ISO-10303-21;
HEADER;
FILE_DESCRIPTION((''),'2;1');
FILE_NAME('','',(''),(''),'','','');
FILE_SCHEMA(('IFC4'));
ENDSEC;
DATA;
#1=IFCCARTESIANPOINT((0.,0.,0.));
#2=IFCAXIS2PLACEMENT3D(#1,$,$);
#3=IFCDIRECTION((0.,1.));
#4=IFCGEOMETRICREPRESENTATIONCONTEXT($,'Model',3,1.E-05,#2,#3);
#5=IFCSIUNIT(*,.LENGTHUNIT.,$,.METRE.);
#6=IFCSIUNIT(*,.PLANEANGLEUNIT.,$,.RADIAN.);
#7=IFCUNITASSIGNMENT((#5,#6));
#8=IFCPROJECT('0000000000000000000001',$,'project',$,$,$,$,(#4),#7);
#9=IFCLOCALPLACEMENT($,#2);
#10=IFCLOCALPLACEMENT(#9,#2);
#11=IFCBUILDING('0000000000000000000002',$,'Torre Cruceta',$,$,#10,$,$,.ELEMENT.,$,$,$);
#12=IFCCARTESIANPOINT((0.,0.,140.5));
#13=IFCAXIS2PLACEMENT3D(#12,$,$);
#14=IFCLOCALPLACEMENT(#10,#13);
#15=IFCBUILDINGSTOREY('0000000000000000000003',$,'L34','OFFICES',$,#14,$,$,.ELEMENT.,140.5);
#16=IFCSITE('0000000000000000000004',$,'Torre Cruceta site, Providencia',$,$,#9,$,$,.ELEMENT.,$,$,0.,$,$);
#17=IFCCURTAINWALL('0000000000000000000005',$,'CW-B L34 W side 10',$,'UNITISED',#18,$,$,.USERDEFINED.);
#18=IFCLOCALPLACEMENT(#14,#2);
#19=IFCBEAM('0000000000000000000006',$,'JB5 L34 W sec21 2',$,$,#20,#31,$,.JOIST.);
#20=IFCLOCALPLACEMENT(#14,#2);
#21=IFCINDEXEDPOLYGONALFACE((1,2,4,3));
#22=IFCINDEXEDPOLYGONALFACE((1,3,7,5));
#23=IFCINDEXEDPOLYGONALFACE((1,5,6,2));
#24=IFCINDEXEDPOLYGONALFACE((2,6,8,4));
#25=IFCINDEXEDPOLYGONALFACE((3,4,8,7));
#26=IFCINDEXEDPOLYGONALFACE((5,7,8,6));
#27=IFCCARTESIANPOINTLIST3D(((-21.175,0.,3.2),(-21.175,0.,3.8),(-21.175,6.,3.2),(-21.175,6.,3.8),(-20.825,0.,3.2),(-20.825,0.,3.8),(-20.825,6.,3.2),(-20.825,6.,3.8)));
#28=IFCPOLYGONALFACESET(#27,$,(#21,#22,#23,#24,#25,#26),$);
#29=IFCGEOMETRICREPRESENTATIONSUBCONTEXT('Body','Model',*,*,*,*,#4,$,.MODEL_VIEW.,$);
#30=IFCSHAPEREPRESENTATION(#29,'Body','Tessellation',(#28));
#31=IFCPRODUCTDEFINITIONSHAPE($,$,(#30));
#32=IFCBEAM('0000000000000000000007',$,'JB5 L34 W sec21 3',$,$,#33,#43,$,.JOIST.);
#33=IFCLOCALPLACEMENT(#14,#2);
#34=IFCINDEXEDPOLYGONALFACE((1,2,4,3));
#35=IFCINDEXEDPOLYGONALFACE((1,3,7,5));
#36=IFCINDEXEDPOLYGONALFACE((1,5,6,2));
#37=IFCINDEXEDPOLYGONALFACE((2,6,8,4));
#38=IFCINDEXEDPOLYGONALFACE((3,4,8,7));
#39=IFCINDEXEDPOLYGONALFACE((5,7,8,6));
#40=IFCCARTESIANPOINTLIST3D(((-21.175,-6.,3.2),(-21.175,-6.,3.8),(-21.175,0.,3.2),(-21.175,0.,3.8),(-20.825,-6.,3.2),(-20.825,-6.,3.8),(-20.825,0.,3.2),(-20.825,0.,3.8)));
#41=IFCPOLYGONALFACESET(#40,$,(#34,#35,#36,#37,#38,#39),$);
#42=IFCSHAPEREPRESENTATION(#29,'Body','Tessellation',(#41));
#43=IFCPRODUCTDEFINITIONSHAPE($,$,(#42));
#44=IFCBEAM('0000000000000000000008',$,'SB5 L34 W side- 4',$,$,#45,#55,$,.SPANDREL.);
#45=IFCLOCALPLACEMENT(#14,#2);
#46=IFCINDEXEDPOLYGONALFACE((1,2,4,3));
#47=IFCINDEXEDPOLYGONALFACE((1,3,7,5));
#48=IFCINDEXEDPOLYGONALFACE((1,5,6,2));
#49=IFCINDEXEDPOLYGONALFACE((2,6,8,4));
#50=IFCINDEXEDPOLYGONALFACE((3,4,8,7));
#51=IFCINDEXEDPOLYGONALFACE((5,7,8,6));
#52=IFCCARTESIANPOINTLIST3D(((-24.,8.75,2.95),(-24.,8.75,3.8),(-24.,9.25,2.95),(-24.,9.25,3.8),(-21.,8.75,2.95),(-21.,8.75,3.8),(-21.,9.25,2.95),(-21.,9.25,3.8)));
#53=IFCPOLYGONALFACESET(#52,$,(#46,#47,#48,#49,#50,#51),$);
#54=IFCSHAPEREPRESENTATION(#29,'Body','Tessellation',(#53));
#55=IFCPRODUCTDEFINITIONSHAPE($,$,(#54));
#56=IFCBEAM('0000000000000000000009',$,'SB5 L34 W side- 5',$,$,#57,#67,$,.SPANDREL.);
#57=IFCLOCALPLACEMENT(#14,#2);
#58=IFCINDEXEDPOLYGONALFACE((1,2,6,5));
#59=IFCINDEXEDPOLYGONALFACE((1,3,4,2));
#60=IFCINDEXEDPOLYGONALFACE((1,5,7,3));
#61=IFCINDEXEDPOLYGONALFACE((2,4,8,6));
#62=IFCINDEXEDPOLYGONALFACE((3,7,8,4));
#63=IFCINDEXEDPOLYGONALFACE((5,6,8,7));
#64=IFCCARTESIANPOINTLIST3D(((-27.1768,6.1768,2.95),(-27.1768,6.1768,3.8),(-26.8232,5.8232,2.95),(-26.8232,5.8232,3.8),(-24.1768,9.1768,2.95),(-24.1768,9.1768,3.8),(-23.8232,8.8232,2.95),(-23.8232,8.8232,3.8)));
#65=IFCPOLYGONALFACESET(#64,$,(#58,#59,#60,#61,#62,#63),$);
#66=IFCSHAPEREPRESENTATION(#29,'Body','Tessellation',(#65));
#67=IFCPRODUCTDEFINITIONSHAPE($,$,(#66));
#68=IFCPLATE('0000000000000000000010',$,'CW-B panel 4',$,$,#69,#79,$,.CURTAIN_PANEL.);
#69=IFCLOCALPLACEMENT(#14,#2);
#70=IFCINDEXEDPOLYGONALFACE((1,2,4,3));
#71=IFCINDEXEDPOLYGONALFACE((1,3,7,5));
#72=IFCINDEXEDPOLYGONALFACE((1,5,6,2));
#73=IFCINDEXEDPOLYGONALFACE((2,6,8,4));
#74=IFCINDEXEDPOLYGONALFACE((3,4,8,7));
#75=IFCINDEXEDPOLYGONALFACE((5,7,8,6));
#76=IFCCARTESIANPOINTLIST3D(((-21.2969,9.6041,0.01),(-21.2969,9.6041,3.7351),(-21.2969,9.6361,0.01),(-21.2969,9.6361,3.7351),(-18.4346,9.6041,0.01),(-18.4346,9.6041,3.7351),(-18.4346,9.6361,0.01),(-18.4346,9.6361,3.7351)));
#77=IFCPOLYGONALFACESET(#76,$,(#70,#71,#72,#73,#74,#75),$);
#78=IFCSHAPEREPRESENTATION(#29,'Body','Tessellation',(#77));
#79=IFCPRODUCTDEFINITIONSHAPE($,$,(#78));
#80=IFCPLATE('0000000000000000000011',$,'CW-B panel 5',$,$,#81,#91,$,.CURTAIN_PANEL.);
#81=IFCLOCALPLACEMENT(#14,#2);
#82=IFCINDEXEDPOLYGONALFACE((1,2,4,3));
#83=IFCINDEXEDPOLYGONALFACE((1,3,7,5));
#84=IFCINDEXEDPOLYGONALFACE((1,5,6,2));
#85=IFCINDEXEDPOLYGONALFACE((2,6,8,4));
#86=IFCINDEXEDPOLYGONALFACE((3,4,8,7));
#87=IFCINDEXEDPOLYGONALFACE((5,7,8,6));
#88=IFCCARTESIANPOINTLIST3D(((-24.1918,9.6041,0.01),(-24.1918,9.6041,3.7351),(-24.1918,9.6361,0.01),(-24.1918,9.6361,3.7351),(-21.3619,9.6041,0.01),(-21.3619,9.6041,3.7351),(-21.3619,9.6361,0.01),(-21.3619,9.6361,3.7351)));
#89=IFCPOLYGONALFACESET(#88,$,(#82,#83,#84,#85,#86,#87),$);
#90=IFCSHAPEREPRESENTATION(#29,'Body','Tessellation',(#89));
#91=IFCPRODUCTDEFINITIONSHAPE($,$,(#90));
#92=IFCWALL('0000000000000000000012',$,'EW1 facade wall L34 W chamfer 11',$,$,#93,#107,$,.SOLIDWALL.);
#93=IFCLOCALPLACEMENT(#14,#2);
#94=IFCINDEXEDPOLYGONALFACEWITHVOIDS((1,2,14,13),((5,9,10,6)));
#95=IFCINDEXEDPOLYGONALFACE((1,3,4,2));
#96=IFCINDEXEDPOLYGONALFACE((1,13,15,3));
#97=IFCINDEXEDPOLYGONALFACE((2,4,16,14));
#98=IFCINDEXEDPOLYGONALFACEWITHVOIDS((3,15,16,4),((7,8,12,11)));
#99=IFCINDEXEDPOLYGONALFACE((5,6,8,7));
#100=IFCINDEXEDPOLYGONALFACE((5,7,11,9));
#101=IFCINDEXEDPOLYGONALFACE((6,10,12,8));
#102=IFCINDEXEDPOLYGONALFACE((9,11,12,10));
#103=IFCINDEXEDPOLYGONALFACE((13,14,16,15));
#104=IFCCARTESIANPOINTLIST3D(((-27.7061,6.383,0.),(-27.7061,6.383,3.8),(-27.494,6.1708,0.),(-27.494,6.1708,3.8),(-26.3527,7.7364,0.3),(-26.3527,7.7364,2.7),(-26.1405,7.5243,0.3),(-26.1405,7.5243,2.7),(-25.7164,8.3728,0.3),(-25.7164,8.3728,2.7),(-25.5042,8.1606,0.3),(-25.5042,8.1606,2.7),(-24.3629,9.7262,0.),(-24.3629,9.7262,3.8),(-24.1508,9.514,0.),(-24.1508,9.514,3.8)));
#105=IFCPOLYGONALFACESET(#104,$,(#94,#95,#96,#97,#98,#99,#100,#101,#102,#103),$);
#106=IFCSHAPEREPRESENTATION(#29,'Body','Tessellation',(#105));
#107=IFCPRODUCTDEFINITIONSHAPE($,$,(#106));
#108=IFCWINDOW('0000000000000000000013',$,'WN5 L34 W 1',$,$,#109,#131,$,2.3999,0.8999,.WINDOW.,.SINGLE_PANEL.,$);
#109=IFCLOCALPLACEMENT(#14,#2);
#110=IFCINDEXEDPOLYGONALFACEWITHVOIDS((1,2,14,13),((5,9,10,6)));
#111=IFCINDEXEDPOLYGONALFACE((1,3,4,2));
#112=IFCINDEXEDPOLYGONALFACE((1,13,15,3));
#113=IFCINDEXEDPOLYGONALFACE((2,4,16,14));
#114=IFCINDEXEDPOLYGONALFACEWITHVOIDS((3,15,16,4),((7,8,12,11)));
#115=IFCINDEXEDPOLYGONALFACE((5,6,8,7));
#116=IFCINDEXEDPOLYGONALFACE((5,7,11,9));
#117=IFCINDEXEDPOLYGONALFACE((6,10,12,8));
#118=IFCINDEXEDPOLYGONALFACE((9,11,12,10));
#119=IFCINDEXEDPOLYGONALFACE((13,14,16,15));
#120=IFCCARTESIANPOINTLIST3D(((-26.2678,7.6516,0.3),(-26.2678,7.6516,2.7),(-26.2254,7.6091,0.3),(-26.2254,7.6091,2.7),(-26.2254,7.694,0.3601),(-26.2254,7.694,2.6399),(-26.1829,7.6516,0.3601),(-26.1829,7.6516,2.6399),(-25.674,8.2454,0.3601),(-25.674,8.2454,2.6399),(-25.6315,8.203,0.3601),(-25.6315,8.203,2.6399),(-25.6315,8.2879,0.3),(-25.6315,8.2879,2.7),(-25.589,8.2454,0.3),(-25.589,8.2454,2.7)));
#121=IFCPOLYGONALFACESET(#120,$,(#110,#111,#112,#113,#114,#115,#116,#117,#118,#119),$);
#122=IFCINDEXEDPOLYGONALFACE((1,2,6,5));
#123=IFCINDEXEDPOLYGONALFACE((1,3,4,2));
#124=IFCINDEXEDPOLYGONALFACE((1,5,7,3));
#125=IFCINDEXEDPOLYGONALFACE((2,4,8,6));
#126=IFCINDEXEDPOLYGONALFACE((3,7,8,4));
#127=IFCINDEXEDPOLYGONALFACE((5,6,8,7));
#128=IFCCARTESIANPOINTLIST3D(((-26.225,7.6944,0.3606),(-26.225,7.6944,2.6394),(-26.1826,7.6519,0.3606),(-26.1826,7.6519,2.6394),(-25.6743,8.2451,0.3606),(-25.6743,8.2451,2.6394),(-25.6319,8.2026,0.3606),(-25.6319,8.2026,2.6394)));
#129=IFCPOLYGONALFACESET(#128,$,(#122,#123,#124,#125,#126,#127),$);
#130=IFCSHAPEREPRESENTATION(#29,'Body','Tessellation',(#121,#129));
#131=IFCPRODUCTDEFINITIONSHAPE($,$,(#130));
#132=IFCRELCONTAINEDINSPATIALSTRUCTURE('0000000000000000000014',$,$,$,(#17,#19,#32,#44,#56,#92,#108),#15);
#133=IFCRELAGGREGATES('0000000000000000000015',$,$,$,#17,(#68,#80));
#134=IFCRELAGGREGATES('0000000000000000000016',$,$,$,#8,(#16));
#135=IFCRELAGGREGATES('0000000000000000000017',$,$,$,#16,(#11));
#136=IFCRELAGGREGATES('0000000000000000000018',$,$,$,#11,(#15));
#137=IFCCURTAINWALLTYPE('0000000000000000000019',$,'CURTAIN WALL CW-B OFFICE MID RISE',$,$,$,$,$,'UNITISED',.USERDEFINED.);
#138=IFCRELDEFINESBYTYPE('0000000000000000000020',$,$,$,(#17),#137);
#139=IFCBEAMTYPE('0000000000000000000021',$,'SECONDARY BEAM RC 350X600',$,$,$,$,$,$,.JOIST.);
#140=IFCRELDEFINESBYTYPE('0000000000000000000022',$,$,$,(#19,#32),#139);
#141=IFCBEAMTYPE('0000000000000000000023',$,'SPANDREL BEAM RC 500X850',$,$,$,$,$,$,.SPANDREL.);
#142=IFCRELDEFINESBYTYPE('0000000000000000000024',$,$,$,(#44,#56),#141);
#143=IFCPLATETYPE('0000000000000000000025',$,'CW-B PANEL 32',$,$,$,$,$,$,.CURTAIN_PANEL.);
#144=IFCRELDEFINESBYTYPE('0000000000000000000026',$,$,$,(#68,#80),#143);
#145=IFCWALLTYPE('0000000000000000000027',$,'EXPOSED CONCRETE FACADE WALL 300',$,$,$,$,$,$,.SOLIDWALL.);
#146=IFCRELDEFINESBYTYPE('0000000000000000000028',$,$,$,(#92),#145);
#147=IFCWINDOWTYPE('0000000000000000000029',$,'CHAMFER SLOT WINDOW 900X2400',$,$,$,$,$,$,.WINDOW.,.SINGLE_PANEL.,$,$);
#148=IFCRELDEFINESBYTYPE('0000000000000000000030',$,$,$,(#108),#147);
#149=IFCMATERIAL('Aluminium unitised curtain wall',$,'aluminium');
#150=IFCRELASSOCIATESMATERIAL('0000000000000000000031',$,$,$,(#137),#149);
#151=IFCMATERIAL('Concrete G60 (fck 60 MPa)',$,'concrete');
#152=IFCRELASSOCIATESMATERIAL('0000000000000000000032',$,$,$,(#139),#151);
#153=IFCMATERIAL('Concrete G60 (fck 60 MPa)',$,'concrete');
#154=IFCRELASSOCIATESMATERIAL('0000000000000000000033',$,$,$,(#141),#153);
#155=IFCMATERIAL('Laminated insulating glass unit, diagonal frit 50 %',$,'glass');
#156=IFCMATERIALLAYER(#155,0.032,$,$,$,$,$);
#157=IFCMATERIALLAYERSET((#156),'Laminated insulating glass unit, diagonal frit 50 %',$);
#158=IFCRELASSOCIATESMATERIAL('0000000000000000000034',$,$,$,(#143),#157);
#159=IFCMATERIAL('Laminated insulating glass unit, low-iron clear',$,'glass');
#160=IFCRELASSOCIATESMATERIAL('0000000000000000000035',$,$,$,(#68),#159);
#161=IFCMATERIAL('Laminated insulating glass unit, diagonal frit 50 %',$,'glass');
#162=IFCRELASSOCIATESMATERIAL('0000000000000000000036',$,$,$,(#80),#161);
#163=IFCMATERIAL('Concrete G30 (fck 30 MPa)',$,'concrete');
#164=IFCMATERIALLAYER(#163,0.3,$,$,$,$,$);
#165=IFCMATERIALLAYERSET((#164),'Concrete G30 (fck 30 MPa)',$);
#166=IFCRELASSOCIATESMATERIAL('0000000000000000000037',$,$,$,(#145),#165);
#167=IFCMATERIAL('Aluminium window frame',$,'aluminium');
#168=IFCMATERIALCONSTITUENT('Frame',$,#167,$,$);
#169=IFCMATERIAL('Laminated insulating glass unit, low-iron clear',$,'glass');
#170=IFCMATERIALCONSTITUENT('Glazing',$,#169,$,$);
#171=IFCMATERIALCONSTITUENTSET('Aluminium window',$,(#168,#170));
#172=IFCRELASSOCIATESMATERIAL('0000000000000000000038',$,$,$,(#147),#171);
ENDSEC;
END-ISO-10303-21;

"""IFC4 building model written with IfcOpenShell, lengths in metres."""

from ifc_helpers import new_model, si_unit, direction, frame, frame_2d, origin, origin_2d, place, context, subcontext, project, spatial, rectangle, hollow_rectangle, extrude, material, layer, layer_set, constituent, constituent_set, material_profile, profile_set, type_object, element, fill, aggregate, save


model = new_model("IFC4")

# Units and contexts
model_context = context("Model", 3, precision=1e-05, world=origin(), true_north=direction((0.0, 1.0)))
body_context = subcontext(model_context, "Body", "Model", "MODEL_VIEW")
ifc_project = project(units=[si_unit("LENGTHUNIT", "METRE"), si_unit("PLANEANGLEUNIT", "RADIAN")], contexts=[model_context])

# Site, building, storey
site_placement = place(None, origin())
site = spatial("IfcSite", under=ifc_project, at=site_placement, Name="Torre Cruceta site, Providencia", CompositionType="ELEMENT", RefElevation=0.0)
building_placement = place(site_placement, origin())
building = spatial("IfcBuilding", under=site, at=building_placement, Name="Torre Cruceta", CompositionType="ELEMENT")
storey_placement = place(building_placement, frame((0.0, 0.0, 140.5)))
storey = spatial("IfcBuildingStorey", under=building, at=storey_placement, Name="L34", Description="OFFICES", CompositionType="ELEMENT", Elevation=140.5)

# Curtain wall
ifc_material_1 = material(Name="Aluminium unitised curtain wall", Category="aluminium")
curtain_wall_type = type_object("IfcCurtainWallType", Name="CURTAIN WALL CW-B OFFICE MID RISE", ElementType="UNITISED", PredefinedType="USERDEFINED", material=ifc_material_1)
curtain_wall_placement = place(storey_placement, origin())
curtain_wall = element("IfcCurtainWall", 1, at=curtain_wall_placement, inside=storey, type_object=curtain_wall_type, Name="CW-B L34 W side 10", ObjectType="UNITISED", PredefinedType="USERDEFINED")

# Beams
ifc_material_2 = material(Name="Concrete G60 (fck 60 MPa)", Category="concrete")
ifc_material_profile_1 = material_profile(ifc_material_2, rectangle(XDim=0.3501, YDim=0.6001, at=origin_2d()), Name="RC 350X600")
ifc_profile_set_1 = profile_set([ifc_material_profile_1], Name="Concrete G60 (fck 60 MPa)")
beam_type_1 = type_object("IfcBeamType", Name="SECONDARY BEAM RC 350X600", PredefinedType="JOIST", material=ifc_profile_set_1)
for number, where, z_axis, x_axis, name in (
    (2, (-21.0, 6.0, 3.5), (0.0, -1.0, 0.0), (1.0, 0.0, 0.0), "JB5 L34 W sec21 2"),
    (3, (-21.0, 0.0, 3.5), (0.0, -1.0, 0.0), (1.0, 0.0, 0.0), "JB5 L34 W sec21 3"),
):
    element("IfcBeam", number, at=place(storey_placement, frame(where, z_axis=z_axis, x_axis=x_axis)), inside=storey, type_object=beam_type_1, Name=name, PredefinedType="JOIST", context=body_context, shape_type="SweptSolid", body=[
        extrude(rectangle(XDim=0.3501, YDim=0.6001, at=origin_2d()), origin(), (0.0, 0.0, 1.0), 6.0),
    ])
ifc_material_3 = material(Name="Concrete G60 (fck 60 MPa)", Category="concrete")
ifc_material_profile_2 = material_profile(ifc_material_3, rectangle(XDim=0.5, YDim=0.8501, at=origin_2d()), Name="RC 500X850")
ifc_profile_set_2 = profile_set([ifc_material_profile_2], Name="Concrete G60 (fck 60 MPa)")
beam_type_2 = type_object("IfcBeamType", Name="SPANDREL BEAM RC 500X850", PredefinedType="SPANDREL", material=ifc_profile_set_2)
beam_1_placement = place(storey_placement, frame((-21.0, 9.0, 3.375), z_axis=(-1.0, 0.0, 0.0), x_axis=(0.0, -1.0, 0.0)))
element("IfcBeam", 4, at=beam_1_placement, inside=storey, type_object=beam_type_2, Name="SB5 L34 W side- 4", PredefinedType="SPANDREL", context=body_context, shape_type="SweptSolid", body=[
    extrude(rectangle(XDim=0.5, YDim=0.8501, at=origin_2d()), origin(), (0.0, 0.0, 1.0), 3.0),
])
beam_2_placement = place(storey_placement, frame((-24.0, 9.0, 3.375), z_axis=(-0.707107, -0.707107, 0.0), x_axis=(0.707107, -0.707107, 0.0)))
element("IfcBeam", 5, at=beam_2_placement, inside=storey, type_object=beam_type_2, Name="SB5 L34 W side- 5", PredefinedType="SPANDREL", context=body_context, shape_type="SweptSolid", body=[
    extrude(rectangle(XDim=0.5, YDim=0.8501, at=origin_2d()), origin(), (0.0, 0.0, 1.0), 4.2427),
])

# Plates
ifc_material_4 = material(Name="Laminated insulating glass unit, low-iron clear", Category="glass")
ifc_material_5 = material(Name="Laminated insulating glass unit, diagonal frit 50 %", Category="glass")
ifc_layer_1 = layer(ifc_material_5, 0.032)
ifc_layer_set_1 = layer_set([ifc_layer_1], Name="Laminated insulating glass unit, diagonal frit 50 %")
plate_type = type_object("IfcPlateType", Name="CW-B PANEL 32", PredefinedType="CURTAIN_PANEL", material=ifc_layer_set_1)
plate_1_placement = place(storey_placement, frame((-19.8657, 9.6201, 0.01), z_axis=(0.0, 0.0, 1.0), x_axis=(-1.0, 0.0, 0.0)))
plate_1 = element("IfcPlate", 6, at=plate_1_placement, type_object=plate_type, material=ifc_material_4, Name="CW-B panel 4", PredefinedType="CURTAIN_PANEL", context=body_context, shape_type="SweptSolid", body=[
    extrude(rectangle(XDim=2.8623, YDim=0.032, at=origin_2d()), origin(), (0.0, 0.0, 1.0), 3.7251),
])
ifc_material_6 = material(Name="Laminated insulating glass unit, diagonal frit 50 %", Category="glass")
plate_2_placement = place(storey_placement, frame((-22.7769, 9.6201, 0.01), z_axis=(0.0, 0.0, 1.0), x_axis=(-1.0, 0.0, 0.0)))
plate_2 = element("IfcPlate", 7, at=plate_2_placement, type_object=plate_type, material=ifc_material_6, Name="CW-B panel 5", PredefinedType="CURTAIN_PANEL", context=body_context, shape_type="SweptSolid", body=[
    extrude(rectangle(XDim=2.8298, YDim=0.032, at=origin_2d()), origin(), (0.0, 0.0, 1.0), 3.7251),
])
aggregate(curtain_wall, [plate_1, plate_2])

# Wall, opening, window
ifc_material_7 = material(Name="Concrete G30 (fck 30 MPa)", Category="concrete")
ifc_layer_2 = layer(ifc_material_7, 0.3)
ifc_layer_set_2 = layer_set([ifc_layer_2], Name="Concrete G30 (fck 30 MPa)")
wall_type_1 = type_object("IfcWallType", Name="EXPOSED CONCRETE FACADE WALL 300", PredefinedType="SOLIDWALL", material=ifc_layer_set_2)
wall_1_placement = place(storey_placement, frame((-24.2568, 9.6201, 0.0), z_axis=(0.0, 0.0, 1.0), x_axis=(-0.707107, -0.707107, 0.0)))
wall_1 = element("IfcWall", 8, at=wall_1_placement, inside=storey, type_object=wall_type_1, Name="EW1 facade wall L34 W chamfer 11", PredefinedType="SOLIDWALL", context=body_context, shape_type="SweptSolid", body=[
    extrude(rectangle(XDim=4.728, YDim=0.3, at=frame_2d((2.364, 0.0))), origin(), (0.0, 0.0, 1.0), 3.8),
])
opening_1_placement = place(wall_1_placement, frame((1.9141, 0.0, 0.3)))
opening_1 = element("IfcOpeningElement", 9, at=opening_1_placement, cuts=wall_1, PredefinedType="OPENING", context=body_context, shape_type="SweptSolid", body=[
    extrude(rectangle(XDim=0.8999, YDim=2.3999, at=frame_2d((0.45, 1.2))), frame((0.0, 0.1599, 0.0), z_axis=(0.0, -1.0, 0.0), x_axis=(1.0, 0.0, 0.0)), (0.0, 0.0, 1.0), 0.3201),
])
ifc_material_8 = material(Name="Aluminium window frame", Category="aluminium")
ifc_constituent_1 = constituent(ifc_material_8, Name="Frame")
ifc_material_9 = material(Name="Laminated insulating glass unit, low-iron clear", Category="glass")
ifc_constituent_2 = constituent(ifc_material_9, Name="Glazing")
ifc_constituent_set_1 = constituent_set(constituents=[ifc_constituent_1, ifc_constituent_2], Name="Aluminium window")
window_type_1 = type_object("IfcWindowType", Name="CHAMFER SLOT WINDOW 900X2400", PartitioningType="SINGLE_PANEL", PredefinedType="WINDOW", material=ifc_constituent_set_1)
window_1_placement = place(opening_1_placement, origin())
window_1 = element("IfcWindow", 10, at=window_1_placement, inside=storey, type_object=window_type_1, Name="WN5 L34 W 1", OverallHeight=2.3999, OverallWidth=0.8999, PartitioningType="SINGLE_PANEL", PredefinedType="WINDOW", context=body_context, shape_type="SweptSolid", body=[
    extrude(hollow_rectangle(XDim=0.8999, YDim=2.3999, WallThickness=0.0601, at=frame_2d((0.45, 1.2))), frame((0.0, 0.03, 0.0), z_axis=(0.0, -1.0, 0.0), x_axis=(1.0, 0.0, 0.0)), (0.0, 0.0, 1.0), 0.0601),
    extrude(rectangle(XDim=0.7788, YDim=2.2788, at=frame_2d((0.45, 1.2))), frame((0.0, 0.03, 0.0), z_axis=(0.0, -1.0, 0.0), x_axis=(1.0, 0.0, 0.0)), (0.0, 0.0, 1.0), 0.0601),
])
fill(opening_1, window_1)

save(model, "model.ifc")
